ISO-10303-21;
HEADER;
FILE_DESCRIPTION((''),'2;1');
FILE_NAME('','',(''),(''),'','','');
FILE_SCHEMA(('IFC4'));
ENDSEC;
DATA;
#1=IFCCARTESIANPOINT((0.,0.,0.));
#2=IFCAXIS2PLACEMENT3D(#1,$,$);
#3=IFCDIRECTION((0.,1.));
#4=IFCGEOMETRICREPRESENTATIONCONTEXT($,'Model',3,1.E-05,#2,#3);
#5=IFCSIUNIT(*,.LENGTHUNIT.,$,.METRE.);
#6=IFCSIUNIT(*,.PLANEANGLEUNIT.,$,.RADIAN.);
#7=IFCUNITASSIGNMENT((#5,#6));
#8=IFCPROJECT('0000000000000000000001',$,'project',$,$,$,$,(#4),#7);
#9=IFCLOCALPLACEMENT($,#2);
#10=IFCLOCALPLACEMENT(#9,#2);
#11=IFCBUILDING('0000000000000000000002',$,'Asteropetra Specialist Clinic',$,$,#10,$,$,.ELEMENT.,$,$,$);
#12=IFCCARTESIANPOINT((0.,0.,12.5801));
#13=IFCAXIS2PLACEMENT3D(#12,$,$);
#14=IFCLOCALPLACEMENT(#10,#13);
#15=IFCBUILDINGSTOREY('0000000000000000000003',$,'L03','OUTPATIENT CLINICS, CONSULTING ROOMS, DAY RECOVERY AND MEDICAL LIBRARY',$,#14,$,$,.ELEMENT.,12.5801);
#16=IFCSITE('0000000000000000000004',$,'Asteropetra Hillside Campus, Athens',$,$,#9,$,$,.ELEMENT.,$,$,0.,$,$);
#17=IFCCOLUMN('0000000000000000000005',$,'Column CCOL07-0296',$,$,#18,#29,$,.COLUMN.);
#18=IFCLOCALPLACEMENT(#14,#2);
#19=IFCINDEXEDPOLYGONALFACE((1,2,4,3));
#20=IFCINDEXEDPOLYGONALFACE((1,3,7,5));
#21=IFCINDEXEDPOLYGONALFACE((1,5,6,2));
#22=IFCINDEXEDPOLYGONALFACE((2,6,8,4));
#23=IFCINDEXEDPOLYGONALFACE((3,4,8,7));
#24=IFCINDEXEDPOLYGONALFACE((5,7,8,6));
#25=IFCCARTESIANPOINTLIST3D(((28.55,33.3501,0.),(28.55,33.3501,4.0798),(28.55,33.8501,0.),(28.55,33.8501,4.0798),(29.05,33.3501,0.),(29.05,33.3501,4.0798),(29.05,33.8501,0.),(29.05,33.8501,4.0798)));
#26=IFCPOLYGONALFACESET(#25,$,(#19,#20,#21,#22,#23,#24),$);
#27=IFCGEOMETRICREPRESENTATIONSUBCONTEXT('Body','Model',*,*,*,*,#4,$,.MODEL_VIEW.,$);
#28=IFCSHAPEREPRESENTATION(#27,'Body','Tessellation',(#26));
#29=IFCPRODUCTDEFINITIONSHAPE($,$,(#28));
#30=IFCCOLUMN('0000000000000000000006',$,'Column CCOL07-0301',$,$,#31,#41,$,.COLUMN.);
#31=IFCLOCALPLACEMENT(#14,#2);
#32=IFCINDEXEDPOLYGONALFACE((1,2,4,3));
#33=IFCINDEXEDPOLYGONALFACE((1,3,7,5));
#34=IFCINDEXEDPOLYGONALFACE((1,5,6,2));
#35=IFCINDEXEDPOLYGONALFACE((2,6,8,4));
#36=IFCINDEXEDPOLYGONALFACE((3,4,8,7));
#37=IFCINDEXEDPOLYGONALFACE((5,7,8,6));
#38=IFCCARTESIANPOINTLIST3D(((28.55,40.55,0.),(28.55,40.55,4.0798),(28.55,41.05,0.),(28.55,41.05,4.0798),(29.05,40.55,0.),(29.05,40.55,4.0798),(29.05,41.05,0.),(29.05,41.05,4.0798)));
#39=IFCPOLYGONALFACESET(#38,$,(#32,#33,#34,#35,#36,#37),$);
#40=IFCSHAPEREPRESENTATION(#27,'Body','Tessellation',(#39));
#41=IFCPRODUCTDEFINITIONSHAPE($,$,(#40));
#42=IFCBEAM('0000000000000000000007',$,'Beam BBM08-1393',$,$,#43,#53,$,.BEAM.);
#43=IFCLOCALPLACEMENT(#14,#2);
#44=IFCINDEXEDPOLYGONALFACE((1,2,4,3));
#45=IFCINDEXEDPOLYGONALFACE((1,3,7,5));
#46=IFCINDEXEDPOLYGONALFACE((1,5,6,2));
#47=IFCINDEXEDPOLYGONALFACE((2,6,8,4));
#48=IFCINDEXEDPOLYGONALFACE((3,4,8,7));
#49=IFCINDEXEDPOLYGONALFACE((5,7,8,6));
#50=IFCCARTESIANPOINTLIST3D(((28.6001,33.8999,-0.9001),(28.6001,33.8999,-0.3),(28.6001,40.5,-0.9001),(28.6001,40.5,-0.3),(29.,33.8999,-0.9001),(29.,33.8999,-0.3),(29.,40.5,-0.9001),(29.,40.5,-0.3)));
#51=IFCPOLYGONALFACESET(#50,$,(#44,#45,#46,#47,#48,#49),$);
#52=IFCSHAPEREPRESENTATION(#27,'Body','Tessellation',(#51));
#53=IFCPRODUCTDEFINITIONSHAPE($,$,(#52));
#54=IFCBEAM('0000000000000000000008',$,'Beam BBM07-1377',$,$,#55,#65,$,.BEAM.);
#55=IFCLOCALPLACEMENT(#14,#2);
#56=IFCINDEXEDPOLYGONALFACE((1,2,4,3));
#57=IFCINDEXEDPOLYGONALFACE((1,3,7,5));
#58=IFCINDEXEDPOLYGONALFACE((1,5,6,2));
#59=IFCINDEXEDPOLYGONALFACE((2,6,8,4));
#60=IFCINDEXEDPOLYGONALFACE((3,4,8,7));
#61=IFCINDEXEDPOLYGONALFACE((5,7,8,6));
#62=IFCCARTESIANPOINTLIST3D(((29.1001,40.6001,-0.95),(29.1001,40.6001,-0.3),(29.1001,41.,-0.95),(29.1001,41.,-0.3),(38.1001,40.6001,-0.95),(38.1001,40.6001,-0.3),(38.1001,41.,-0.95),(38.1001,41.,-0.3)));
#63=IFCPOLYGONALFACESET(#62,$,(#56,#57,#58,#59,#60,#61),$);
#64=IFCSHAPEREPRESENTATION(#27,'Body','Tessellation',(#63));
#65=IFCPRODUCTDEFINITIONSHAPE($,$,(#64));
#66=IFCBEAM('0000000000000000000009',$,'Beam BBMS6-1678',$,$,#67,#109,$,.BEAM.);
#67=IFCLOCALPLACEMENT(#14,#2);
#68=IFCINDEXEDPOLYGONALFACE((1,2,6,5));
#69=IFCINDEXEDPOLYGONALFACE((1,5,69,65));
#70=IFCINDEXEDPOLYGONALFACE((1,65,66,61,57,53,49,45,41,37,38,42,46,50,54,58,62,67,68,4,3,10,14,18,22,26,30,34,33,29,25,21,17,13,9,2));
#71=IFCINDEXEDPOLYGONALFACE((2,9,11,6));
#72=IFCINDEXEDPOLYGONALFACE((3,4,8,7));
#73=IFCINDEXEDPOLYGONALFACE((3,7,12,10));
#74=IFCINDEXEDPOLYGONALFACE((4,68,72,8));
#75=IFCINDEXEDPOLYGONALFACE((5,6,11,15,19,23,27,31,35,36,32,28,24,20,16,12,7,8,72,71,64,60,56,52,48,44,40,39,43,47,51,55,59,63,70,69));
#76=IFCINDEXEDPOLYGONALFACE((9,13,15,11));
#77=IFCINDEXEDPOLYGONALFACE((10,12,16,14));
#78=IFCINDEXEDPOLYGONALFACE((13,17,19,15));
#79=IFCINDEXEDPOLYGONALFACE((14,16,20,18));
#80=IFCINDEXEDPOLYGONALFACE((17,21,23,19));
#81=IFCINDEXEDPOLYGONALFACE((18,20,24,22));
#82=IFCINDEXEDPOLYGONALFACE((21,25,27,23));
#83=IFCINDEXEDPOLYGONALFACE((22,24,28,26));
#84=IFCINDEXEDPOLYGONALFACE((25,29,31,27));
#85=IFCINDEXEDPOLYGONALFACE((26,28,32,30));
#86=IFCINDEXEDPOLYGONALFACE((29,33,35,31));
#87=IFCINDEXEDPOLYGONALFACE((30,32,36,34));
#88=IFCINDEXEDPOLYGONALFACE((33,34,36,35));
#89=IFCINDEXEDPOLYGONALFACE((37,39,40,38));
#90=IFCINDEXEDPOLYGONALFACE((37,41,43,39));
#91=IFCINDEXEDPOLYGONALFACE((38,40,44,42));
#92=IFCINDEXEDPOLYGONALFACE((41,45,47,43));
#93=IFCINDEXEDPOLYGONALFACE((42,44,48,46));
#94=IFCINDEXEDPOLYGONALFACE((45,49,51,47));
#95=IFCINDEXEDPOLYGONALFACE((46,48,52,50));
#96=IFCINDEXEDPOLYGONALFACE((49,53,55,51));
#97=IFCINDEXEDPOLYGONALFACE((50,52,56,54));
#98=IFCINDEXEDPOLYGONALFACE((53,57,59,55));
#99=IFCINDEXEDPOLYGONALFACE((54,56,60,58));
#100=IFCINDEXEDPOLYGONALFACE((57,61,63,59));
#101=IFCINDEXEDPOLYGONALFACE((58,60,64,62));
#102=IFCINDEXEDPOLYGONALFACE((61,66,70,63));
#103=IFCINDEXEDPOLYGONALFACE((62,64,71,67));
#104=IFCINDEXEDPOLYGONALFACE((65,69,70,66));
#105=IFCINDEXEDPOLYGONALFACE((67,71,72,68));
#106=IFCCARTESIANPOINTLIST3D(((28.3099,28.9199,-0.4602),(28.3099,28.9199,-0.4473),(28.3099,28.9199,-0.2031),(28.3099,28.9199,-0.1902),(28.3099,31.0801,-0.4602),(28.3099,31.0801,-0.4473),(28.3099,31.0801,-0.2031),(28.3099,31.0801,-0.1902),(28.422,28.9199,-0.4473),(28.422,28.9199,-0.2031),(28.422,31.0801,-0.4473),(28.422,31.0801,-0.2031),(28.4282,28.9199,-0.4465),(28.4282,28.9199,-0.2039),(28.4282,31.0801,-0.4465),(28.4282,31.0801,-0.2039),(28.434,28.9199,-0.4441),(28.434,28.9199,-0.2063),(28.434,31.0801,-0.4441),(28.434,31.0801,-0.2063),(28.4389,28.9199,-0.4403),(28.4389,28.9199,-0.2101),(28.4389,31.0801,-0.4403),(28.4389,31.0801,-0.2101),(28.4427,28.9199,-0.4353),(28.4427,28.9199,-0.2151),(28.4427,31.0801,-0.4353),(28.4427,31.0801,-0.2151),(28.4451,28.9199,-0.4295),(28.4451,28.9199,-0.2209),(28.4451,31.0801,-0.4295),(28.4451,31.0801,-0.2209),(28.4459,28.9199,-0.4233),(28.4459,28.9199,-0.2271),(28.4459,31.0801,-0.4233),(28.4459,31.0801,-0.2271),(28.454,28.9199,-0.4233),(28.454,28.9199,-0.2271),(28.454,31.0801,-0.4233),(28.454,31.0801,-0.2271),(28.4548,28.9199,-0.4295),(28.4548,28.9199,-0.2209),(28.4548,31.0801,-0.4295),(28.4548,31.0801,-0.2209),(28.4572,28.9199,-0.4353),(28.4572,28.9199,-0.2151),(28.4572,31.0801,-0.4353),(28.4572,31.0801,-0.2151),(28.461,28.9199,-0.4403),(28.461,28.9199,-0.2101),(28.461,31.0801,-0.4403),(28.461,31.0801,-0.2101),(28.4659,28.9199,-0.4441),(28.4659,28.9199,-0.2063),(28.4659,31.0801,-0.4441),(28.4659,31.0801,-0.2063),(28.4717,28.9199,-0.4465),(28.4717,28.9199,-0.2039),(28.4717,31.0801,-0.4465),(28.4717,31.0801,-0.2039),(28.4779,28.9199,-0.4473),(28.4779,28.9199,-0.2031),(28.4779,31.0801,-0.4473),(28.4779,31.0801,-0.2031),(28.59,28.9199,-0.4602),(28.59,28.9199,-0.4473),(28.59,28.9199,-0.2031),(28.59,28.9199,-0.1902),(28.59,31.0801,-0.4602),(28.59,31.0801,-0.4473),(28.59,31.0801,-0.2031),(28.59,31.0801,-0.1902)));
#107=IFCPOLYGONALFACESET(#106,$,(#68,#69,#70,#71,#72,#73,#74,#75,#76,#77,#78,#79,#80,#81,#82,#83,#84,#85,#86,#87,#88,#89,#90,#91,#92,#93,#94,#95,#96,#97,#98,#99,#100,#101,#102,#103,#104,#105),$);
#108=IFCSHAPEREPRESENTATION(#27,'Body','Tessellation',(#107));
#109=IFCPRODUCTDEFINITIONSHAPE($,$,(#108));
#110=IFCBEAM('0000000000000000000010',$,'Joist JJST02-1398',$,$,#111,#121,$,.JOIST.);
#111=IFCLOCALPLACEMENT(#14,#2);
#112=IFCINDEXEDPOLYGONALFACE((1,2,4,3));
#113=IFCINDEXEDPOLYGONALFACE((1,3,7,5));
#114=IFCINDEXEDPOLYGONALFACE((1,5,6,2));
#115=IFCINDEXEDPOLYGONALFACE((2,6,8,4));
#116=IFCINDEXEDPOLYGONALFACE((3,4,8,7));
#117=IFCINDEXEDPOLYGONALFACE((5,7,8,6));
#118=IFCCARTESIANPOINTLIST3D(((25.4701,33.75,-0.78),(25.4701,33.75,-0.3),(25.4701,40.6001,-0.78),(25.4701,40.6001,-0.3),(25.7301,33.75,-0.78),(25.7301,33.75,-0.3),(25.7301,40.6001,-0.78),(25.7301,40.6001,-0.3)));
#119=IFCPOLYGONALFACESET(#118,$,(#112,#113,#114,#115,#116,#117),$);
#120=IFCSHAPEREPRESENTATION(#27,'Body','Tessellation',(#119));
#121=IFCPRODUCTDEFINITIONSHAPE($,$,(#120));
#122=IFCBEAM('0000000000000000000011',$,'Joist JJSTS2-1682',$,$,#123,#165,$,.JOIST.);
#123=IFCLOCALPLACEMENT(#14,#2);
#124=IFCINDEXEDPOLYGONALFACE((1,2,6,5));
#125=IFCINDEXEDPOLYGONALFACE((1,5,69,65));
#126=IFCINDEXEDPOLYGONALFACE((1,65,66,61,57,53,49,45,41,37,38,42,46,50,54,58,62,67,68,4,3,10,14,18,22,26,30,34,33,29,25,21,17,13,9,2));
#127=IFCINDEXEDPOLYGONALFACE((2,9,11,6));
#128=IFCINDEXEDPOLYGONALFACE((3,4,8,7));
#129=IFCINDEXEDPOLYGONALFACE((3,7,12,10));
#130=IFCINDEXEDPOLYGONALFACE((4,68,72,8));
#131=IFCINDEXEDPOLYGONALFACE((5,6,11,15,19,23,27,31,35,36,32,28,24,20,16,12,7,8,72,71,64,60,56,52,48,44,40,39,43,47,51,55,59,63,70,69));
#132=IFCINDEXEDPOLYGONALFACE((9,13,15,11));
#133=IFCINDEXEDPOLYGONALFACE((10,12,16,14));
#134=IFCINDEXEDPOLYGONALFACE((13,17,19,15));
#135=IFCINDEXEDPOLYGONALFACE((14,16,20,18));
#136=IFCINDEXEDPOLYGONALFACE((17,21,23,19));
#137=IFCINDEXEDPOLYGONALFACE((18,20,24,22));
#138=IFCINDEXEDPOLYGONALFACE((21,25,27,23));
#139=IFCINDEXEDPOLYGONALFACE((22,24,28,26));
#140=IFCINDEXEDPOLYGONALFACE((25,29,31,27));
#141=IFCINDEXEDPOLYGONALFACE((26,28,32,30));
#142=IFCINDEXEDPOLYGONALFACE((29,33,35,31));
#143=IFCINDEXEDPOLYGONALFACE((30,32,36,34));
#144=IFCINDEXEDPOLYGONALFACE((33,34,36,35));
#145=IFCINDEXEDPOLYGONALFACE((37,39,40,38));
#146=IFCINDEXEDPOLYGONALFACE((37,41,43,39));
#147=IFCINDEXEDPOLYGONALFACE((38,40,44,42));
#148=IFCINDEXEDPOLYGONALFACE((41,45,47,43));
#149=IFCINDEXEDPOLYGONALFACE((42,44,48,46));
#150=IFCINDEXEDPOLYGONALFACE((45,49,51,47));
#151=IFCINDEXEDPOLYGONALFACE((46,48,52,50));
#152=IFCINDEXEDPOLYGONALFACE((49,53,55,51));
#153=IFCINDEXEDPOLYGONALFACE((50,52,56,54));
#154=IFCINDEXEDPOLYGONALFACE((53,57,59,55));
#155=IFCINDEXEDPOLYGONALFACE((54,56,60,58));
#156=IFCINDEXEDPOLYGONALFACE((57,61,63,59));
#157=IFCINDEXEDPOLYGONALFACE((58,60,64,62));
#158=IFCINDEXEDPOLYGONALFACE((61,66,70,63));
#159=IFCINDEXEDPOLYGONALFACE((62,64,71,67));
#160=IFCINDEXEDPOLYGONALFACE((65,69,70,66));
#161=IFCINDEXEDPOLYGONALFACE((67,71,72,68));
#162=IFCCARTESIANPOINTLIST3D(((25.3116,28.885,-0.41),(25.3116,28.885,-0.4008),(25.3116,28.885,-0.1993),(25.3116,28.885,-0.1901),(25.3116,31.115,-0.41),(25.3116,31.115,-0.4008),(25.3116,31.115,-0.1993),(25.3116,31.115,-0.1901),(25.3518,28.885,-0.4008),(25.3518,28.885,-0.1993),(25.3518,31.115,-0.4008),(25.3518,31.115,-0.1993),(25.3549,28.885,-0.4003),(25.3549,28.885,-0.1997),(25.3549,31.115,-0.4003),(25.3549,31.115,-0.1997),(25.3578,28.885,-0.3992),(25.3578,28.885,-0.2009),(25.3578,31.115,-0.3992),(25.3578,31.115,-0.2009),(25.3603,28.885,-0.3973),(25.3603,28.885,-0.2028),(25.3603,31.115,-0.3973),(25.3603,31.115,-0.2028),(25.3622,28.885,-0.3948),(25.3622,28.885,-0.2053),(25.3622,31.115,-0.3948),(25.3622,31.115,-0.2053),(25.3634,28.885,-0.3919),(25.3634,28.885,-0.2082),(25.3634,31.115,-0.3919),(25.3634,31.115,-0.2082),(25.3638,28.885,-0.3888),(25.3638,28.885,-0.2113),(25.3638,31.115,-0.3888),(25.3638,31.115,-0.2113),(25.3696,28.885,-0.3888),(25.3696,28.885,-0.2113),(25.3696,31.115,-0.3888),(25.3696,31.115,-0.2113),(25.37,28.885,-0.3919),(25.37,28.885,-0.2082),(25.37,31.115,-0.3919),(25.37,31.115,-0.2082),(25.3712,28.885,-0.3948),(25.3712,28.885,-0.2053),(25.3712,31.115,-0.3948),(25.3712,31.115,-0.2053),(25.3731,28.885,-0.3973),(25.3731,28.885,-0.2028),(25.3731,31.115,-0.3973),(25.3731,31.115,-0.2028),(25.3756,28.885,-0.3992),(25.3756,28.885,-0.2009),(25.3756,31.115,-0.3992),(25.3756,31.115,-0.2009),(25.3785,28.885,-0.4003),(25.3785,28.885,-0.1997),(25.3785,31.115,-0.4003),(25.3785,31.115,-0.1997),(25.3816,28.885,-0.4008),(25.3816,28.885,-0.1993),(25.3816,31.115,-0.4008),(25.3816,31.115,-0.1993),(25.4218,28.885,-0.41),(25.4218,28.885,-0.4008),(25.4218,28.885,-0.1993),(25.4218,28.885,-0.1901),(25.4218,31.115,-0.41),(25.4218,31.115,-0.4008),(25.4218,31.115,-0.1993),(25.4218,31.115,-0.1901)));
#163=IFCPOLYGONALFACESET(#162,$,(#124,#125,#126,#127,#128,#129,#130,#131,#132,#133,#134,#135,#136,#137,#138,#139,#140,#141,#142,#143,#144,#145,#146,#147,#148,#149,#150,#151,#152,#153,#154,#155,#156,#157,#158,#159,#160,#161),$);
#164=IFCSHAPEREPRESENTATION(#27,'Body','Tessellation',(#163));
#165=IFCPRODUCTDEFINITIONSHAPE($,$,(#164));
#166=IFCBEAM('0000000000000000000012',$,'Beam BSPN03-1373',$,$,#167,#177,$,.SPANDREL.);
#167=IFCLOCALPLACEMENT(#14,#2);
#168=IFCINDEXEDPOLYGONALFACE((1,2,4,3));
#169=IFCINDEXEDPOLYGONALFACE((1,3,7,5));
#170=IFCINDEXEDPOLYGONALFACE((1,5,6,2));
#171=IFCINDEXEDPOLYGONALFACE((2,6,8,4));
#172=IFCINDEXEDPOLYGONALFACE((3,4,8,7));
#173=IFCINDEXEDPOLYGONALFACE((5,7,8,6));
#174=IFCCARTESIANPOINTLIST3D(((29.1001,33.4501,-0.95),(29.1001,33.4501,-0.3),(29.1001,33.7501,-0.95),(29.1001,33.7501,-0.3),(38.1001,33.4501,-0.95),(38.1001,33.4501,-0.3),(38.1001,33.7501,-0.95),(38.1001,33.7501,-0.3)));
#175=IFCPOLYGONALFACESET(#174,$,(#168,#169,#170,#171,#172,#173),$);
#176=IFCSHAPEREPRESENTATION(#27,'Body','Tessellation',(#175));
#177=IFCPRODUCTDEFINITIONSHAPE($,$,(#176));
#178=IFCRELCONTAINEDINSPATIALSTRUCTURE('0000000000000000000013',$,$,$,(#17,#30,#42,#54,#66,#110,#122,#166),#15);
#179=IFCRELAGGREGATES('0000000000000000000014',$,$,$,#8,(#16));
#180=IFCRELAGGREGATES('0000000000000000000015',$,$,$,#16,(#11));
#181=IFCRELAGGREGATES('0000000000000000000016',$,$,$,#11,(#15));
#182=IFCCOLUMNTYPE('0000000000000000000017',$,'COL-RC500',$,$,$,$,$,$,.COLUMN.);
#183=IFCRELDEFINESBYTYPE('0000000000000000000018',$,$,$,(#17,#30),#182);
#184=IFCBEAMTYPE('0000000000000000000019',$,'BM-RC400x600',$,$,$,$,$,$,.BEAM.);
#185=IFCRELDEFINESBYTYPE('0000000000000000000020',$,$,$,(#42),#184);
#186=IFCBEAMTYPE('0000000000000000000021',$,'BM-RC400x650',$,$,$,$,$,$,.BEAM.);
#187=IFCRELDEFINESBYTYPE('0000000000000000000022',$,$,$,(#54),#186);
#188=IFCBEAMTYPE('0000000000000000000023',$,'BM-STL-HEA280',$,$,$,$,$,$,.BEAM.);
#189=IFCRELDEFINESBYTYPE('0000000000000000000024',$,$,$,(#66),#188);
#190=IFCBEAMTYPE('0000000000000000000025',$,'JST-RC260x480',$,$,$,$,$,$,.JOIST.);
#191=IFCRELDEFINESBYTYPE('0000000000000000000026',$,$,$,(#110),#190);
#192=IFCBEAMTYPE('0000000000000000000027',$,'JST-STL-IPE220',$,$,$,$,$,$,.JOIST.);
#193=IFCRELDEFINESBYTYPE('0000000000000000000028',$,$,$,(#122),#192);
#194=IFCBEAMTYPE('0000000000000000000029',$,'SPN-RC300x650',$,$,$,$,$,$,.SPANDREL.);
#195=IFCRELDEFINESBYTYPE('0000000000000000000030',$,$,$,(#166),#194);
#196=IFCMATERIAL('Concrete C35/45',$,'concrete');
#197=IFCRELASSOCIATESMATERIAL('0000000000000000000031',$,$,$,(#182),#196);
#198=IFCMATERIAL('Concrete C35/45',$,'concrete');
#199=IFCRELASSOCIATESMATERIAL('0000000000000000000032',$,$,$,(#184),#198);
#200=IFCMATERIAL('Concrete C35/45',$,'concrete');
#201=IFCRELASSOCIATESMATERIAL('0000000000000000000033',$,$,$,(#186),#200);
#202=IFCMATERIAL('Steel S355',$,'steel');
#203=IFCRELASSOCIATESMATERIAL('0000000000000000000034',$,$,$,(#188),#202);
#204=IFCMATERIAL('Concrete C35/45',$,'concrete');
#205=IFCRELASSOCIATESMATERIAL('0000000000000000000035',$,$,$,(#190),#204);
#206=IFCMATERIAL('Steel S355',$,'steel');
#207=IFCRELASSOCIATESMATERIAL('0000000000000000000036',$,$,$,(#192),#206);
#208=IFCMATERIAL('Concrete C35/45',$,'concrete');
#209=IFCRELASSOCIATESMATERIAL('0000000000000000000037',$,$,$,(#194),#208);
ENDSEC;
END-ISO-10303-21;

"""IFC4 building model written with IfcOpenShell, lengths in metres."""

from ifc_helpers import new_model, si_unit, direction, frame, origin, origin_2d, place, context, subcontext, project, spatial, rectangle, i_section, extrude, material, material_profile, profile_set, type_object, element, save


model = new_model("IFC4")

# Units and contexts
model_context = context("Model", 3, precision=1e-05, world=origin(), true_north=direction((0.0, 1.0)))
body_context = subcontext(model_context, "Body", "Model", "MODEL_VIEW")
ifc_project = project(units=[si_unit("LENGTHUNIT", "METRE"), si_unit("PLANEANGLEUNIT", "RADIAN")], contexts=[model_context])

# Site, building, storey
site_placement = place(None, origin())
site = spatial("IfcSite", under=ifc_project, at=site_placement, Name="Asteropetra Hillside Campus, Athens", CompositionType="ELEMENT", RefElevation=0.0)
building_placement = place(site_placement, origin())
building = spatial("IfcBuilding", under=site, at=building_placement, Name="Asteropetra Specialist Clinic", CompositionType="ELEMENT")
storey_placement = place(building_placement, frame((0.0, 0.0, 12.5801)))
storey = spatial("IfcBuildingStorey", under=building, at=storey_placement, Name="L03", Description="OUTPATIENT CLINICS, CONSULTING ROOMS, DAY RECOVERY AND MEDICAL LIBRARY", CompositionType="ELEMENT", Elevation=12.5801)

# Columns
ifc_material_1 = material(Name="Concrete C35/45", Category="concrete")
ifc_material_profile_1 = material_profile(ifc_material_1, rectangle(XDim=0.5, YDim=0.5, at=origin_2d()), Name="RC 500x500")
ifc_profile_set_1 = profile_set([ifc_material_profile_1], Name="Concrete C35/45")
column_type = type_object("IfcColumnType", Name="COL-RC500", PredefinedType="COLUMN", material=ifc_profile_set_1)
for number, where, z_axis, x_axis, name in (
    (1, (28.8, 33.6001, 0.0), (0.0, 0.0, 1.0), (1.0, 0.0, 0.0), "Column CCOL07-0296"),
    (2, (28.8, 40.8, 0.0), (0.0, 0.0, 1.0), (1.0, 0.0, 0.0), "Column CCOL07-0301"),
):
    element("IfcColumn", number, at=place(storey_placement, frame(where, z_axis=z_axis, x_axis=x_axis)), inside=storey, type_object=column_type, Name=name, PredefinedType="COLUMN", context=body_context, shape_type="SweptSolid", body=[
        extrude(rectangle(XDim=0.5, YDim=0.5, at=origin_2d()), origin(), (0.0, 0.0, 1.0), 4.0798),
    ])

# Beams
ifc_material_2 = material(Name="Concrete C35/45", Category="concrete")
ifc_material_profile_2 = material_profile(ifc_material_2, rectangle(XDim=0.3999, YDim=0.6001, at=origin_2d()), Name="RCB 400x600")
ifc_profile_set_2 = profile_set([ifc_material_profile_2], Name="Concrete C35/45")
beam_type_1 = type_object("IfcBeamType", Name="BM-RC400x600", PredefinedType="BEAM", material=ifc_profile_set_2)
beam_1_placement = place(storey_placement, frame((28.8, 33.8999, -0.6001), z_axis=(0.0, 1.0, 0.0), x_axis=(-1.0, 0.0, 0.0)))
element("IfcBeam", 3, at=beam_1_placement, inside=storey, type_object=beam_type_1, Name="Beam BBM08-1393", PredefinedType="BEAM", context=body_context, shape_type="SweptSolid", body=[
    extrude(rectangle(XDim=0.3999, YDim=0.6001, at=origin_2d()), origin(), (0.0, 0.0, 1.0), 6.6001),
])
ifc_material_3 = material(Name="Concrete C35/45", Category="concrete")
ifc_material_profile_3 = material_profile(ifc_material_3, rectangle(XDim=0.3999, YDim=0.6499, at=origin_2d()), Name="RCB 400x650")
ifc_profile_set_3 = profile_set([ifc_material_profile_3], Name="Concrete C35/45")
beam_type_2 = type_object("IfcBeamType", Name="BM-RC400x650", PredefinedType="BEAM", material=ifc_profile_set_3)
beam_2_placement = place(storey_placement, frame((29.1001, 40.8, -0.625), z_axis=(1.0, 0.0, 0.0), x_axis=(0.0, 1.0, 0.0)))
element("IfcBeam", 4, at=beam_2_placement, inside=storey, type_object=beam_type_2, Name="Beam BBM07-1377", PredefinedType="BEAM", context=body_context, shape_type="SweptSolid", body=[
    extrude(rectangle(XDim=0.3999, YDim=0.6499, at=origin_2d()), origin(), (0.0, 0.0, 1.0), 9.0),
])
ifc_material_4 = material(Name="Steel S355", Category="steel")
ifc_material_profile_4 = material_profile(ifc_material_4, i_section(OverallWidth=0.28, OverallDepth=0.27, WebThickness=0.0081, FlangeThickness=0.0129, FilletRadius=0.0239, at=origin_2d()), Name="HEA 280")
ifc_profile_set_4 = profile_set([ifc_material_profile_4], Name="Steel S355")
beam_type_3 = type_object("IfcBeamType", Name="BM-STL-HEA280", PredefinedType="BEAM", material=ifc_profile_set_4)
beam_3_placement = place(storey_placement, frame((28.45, 28.9199, -0.3252), z_axis=(0.0, 1.0, 0.0), x_axis=(-1.0, 0.0, 0.0)))
element("IfcBeam", 5, at=beam_3_placement, inside=storey, type_object=beam_type_3, Name="Beam BBMS6-1678", PredefinedType="BEAM", context=body_context, shape_type="SweptSolid", body=[
    extrude(i_section(OverallWidth=0.28, OverallDepth=0.27, WebThickness=0.0081, FlangeThickness=0.0129, FilletRadius=0.0239, at=origin_2d()), origin(), (0.0, 0.0, 1.0), 2.1602),
])
ifc_material_5 = material(Name="Concrete C35/45", Category="concrete")
ifc_material_profile_5 = material_profile(ifc_material_5, rectangle(XDim=0.26, YDim=0.48, at=origin_2d()), Name="RCJ 260x480")
ifc_profile_set_5 = profile_set([ifc_material_profile_5], Name="Concrete C35/45")
beam_type_4 = type_object("IfcBeamType", Name="JST-RC260x480", PredefinedType="JOIST", material=ifc_profile_set_5)
beam_4_placement = place(storey_placement, frame((25.6001, 33.75, -0.54), z_axis=(0.0, 1.0, 0.0), x_axis=(-1.0, 0.0, 0.0)))
element("IfcBeam", 6, at=beam_4_placement, inside=storey, type_object=beam_type_4, Name="Joist JJST02-1398", PredefinedType="JOIST", context=body_context, shape_type="SweptSolid", body=[
    extrude(rectangle(XDim=0.26, YDim=0.48, at=origin_2d()), origin(), (0.0, 0.0, 1.0), 6.8501),
])
ifc_material_6 = material(Name="Steel S355", Category="steel")
ifc_material_profile_6 = material_profile(ifc_material_6, i_section(OverallWidth=0.1101, OverallDepth=0.22, WebThickness=0.0059, FlangeThickness=0.0093, FilletRadius=0.012, at=origin_2d()), Name="IPE 220")
ifc_profile_set_6 = profile_set([ifc_material_profile_6], Name="Steel S355")
beam_type_5 = type_object("IfcBeamType", Name="JST-STL-IPE220", PredefinedType="JOIST", material=ifc_profile_set_6)
beam_5_placement = place(storey_placement, frame((25.3667, 28.885, -0.3), z_axis=(0.0, 1.0, 0.0), x_axis=(-1.0, 0.0, 0.0)))
element("IfcBeam", 7, at=beam_5_placement, inside=storey, type_object=beam_type_5, Name="Joist JJSTS2-1682", PredefinedType="JOIST", context=body_context, shape_type="SweptSolid", body=[
    extrude(i_section(OverallWidth=0.1101, OverallDepth=0.22, WebThickness=0.0059, FlangeThickness=0.0093, FilletRadius=0.012, at=origin_2d()), origin(), (0.0, 0.0, 1.0), 2.23),
])
ifc_material_7 = material(Name="Concrete C35/45", Category="concrete")
ifc_material_profile_7 = material_profile(ifc_material_7, rectangle(XDim=0.3, YDim=0.6499, at=origin_2d()), Name="RCS 300x650")
ifc_profile_set_7 = profile_set([ifc_material_profile_7], Name="Concrete C35/45")
beam_type_6 = type_object("IfcBeamType", Name="SPN-RC300x650", PredefinedType="SPANDREL", material=ifc_profile_set_7)
beam_6_placement = place(storey_placement, frame((29.1001, 33.6001, -0.625), z_axis=(1.0, 0.0, 0.0), x_axis=(0.0, 1.0, 0.0)))
element("IfcBeam", 8, at=beam_6_placement, inside=storey, type_object=beam_type_6, Name="Beam BSPN03-1373", PredefinedType="SPANDREL", context=body_context, shape_type="SweptSolid", body=[
    extrude(rectangle(XDim=0.3, YDim=0.6499, at=origin_2d()), origin(), (0.0, 0.0, 1.0), 9.0),
])

save(model, "model.ifc")
